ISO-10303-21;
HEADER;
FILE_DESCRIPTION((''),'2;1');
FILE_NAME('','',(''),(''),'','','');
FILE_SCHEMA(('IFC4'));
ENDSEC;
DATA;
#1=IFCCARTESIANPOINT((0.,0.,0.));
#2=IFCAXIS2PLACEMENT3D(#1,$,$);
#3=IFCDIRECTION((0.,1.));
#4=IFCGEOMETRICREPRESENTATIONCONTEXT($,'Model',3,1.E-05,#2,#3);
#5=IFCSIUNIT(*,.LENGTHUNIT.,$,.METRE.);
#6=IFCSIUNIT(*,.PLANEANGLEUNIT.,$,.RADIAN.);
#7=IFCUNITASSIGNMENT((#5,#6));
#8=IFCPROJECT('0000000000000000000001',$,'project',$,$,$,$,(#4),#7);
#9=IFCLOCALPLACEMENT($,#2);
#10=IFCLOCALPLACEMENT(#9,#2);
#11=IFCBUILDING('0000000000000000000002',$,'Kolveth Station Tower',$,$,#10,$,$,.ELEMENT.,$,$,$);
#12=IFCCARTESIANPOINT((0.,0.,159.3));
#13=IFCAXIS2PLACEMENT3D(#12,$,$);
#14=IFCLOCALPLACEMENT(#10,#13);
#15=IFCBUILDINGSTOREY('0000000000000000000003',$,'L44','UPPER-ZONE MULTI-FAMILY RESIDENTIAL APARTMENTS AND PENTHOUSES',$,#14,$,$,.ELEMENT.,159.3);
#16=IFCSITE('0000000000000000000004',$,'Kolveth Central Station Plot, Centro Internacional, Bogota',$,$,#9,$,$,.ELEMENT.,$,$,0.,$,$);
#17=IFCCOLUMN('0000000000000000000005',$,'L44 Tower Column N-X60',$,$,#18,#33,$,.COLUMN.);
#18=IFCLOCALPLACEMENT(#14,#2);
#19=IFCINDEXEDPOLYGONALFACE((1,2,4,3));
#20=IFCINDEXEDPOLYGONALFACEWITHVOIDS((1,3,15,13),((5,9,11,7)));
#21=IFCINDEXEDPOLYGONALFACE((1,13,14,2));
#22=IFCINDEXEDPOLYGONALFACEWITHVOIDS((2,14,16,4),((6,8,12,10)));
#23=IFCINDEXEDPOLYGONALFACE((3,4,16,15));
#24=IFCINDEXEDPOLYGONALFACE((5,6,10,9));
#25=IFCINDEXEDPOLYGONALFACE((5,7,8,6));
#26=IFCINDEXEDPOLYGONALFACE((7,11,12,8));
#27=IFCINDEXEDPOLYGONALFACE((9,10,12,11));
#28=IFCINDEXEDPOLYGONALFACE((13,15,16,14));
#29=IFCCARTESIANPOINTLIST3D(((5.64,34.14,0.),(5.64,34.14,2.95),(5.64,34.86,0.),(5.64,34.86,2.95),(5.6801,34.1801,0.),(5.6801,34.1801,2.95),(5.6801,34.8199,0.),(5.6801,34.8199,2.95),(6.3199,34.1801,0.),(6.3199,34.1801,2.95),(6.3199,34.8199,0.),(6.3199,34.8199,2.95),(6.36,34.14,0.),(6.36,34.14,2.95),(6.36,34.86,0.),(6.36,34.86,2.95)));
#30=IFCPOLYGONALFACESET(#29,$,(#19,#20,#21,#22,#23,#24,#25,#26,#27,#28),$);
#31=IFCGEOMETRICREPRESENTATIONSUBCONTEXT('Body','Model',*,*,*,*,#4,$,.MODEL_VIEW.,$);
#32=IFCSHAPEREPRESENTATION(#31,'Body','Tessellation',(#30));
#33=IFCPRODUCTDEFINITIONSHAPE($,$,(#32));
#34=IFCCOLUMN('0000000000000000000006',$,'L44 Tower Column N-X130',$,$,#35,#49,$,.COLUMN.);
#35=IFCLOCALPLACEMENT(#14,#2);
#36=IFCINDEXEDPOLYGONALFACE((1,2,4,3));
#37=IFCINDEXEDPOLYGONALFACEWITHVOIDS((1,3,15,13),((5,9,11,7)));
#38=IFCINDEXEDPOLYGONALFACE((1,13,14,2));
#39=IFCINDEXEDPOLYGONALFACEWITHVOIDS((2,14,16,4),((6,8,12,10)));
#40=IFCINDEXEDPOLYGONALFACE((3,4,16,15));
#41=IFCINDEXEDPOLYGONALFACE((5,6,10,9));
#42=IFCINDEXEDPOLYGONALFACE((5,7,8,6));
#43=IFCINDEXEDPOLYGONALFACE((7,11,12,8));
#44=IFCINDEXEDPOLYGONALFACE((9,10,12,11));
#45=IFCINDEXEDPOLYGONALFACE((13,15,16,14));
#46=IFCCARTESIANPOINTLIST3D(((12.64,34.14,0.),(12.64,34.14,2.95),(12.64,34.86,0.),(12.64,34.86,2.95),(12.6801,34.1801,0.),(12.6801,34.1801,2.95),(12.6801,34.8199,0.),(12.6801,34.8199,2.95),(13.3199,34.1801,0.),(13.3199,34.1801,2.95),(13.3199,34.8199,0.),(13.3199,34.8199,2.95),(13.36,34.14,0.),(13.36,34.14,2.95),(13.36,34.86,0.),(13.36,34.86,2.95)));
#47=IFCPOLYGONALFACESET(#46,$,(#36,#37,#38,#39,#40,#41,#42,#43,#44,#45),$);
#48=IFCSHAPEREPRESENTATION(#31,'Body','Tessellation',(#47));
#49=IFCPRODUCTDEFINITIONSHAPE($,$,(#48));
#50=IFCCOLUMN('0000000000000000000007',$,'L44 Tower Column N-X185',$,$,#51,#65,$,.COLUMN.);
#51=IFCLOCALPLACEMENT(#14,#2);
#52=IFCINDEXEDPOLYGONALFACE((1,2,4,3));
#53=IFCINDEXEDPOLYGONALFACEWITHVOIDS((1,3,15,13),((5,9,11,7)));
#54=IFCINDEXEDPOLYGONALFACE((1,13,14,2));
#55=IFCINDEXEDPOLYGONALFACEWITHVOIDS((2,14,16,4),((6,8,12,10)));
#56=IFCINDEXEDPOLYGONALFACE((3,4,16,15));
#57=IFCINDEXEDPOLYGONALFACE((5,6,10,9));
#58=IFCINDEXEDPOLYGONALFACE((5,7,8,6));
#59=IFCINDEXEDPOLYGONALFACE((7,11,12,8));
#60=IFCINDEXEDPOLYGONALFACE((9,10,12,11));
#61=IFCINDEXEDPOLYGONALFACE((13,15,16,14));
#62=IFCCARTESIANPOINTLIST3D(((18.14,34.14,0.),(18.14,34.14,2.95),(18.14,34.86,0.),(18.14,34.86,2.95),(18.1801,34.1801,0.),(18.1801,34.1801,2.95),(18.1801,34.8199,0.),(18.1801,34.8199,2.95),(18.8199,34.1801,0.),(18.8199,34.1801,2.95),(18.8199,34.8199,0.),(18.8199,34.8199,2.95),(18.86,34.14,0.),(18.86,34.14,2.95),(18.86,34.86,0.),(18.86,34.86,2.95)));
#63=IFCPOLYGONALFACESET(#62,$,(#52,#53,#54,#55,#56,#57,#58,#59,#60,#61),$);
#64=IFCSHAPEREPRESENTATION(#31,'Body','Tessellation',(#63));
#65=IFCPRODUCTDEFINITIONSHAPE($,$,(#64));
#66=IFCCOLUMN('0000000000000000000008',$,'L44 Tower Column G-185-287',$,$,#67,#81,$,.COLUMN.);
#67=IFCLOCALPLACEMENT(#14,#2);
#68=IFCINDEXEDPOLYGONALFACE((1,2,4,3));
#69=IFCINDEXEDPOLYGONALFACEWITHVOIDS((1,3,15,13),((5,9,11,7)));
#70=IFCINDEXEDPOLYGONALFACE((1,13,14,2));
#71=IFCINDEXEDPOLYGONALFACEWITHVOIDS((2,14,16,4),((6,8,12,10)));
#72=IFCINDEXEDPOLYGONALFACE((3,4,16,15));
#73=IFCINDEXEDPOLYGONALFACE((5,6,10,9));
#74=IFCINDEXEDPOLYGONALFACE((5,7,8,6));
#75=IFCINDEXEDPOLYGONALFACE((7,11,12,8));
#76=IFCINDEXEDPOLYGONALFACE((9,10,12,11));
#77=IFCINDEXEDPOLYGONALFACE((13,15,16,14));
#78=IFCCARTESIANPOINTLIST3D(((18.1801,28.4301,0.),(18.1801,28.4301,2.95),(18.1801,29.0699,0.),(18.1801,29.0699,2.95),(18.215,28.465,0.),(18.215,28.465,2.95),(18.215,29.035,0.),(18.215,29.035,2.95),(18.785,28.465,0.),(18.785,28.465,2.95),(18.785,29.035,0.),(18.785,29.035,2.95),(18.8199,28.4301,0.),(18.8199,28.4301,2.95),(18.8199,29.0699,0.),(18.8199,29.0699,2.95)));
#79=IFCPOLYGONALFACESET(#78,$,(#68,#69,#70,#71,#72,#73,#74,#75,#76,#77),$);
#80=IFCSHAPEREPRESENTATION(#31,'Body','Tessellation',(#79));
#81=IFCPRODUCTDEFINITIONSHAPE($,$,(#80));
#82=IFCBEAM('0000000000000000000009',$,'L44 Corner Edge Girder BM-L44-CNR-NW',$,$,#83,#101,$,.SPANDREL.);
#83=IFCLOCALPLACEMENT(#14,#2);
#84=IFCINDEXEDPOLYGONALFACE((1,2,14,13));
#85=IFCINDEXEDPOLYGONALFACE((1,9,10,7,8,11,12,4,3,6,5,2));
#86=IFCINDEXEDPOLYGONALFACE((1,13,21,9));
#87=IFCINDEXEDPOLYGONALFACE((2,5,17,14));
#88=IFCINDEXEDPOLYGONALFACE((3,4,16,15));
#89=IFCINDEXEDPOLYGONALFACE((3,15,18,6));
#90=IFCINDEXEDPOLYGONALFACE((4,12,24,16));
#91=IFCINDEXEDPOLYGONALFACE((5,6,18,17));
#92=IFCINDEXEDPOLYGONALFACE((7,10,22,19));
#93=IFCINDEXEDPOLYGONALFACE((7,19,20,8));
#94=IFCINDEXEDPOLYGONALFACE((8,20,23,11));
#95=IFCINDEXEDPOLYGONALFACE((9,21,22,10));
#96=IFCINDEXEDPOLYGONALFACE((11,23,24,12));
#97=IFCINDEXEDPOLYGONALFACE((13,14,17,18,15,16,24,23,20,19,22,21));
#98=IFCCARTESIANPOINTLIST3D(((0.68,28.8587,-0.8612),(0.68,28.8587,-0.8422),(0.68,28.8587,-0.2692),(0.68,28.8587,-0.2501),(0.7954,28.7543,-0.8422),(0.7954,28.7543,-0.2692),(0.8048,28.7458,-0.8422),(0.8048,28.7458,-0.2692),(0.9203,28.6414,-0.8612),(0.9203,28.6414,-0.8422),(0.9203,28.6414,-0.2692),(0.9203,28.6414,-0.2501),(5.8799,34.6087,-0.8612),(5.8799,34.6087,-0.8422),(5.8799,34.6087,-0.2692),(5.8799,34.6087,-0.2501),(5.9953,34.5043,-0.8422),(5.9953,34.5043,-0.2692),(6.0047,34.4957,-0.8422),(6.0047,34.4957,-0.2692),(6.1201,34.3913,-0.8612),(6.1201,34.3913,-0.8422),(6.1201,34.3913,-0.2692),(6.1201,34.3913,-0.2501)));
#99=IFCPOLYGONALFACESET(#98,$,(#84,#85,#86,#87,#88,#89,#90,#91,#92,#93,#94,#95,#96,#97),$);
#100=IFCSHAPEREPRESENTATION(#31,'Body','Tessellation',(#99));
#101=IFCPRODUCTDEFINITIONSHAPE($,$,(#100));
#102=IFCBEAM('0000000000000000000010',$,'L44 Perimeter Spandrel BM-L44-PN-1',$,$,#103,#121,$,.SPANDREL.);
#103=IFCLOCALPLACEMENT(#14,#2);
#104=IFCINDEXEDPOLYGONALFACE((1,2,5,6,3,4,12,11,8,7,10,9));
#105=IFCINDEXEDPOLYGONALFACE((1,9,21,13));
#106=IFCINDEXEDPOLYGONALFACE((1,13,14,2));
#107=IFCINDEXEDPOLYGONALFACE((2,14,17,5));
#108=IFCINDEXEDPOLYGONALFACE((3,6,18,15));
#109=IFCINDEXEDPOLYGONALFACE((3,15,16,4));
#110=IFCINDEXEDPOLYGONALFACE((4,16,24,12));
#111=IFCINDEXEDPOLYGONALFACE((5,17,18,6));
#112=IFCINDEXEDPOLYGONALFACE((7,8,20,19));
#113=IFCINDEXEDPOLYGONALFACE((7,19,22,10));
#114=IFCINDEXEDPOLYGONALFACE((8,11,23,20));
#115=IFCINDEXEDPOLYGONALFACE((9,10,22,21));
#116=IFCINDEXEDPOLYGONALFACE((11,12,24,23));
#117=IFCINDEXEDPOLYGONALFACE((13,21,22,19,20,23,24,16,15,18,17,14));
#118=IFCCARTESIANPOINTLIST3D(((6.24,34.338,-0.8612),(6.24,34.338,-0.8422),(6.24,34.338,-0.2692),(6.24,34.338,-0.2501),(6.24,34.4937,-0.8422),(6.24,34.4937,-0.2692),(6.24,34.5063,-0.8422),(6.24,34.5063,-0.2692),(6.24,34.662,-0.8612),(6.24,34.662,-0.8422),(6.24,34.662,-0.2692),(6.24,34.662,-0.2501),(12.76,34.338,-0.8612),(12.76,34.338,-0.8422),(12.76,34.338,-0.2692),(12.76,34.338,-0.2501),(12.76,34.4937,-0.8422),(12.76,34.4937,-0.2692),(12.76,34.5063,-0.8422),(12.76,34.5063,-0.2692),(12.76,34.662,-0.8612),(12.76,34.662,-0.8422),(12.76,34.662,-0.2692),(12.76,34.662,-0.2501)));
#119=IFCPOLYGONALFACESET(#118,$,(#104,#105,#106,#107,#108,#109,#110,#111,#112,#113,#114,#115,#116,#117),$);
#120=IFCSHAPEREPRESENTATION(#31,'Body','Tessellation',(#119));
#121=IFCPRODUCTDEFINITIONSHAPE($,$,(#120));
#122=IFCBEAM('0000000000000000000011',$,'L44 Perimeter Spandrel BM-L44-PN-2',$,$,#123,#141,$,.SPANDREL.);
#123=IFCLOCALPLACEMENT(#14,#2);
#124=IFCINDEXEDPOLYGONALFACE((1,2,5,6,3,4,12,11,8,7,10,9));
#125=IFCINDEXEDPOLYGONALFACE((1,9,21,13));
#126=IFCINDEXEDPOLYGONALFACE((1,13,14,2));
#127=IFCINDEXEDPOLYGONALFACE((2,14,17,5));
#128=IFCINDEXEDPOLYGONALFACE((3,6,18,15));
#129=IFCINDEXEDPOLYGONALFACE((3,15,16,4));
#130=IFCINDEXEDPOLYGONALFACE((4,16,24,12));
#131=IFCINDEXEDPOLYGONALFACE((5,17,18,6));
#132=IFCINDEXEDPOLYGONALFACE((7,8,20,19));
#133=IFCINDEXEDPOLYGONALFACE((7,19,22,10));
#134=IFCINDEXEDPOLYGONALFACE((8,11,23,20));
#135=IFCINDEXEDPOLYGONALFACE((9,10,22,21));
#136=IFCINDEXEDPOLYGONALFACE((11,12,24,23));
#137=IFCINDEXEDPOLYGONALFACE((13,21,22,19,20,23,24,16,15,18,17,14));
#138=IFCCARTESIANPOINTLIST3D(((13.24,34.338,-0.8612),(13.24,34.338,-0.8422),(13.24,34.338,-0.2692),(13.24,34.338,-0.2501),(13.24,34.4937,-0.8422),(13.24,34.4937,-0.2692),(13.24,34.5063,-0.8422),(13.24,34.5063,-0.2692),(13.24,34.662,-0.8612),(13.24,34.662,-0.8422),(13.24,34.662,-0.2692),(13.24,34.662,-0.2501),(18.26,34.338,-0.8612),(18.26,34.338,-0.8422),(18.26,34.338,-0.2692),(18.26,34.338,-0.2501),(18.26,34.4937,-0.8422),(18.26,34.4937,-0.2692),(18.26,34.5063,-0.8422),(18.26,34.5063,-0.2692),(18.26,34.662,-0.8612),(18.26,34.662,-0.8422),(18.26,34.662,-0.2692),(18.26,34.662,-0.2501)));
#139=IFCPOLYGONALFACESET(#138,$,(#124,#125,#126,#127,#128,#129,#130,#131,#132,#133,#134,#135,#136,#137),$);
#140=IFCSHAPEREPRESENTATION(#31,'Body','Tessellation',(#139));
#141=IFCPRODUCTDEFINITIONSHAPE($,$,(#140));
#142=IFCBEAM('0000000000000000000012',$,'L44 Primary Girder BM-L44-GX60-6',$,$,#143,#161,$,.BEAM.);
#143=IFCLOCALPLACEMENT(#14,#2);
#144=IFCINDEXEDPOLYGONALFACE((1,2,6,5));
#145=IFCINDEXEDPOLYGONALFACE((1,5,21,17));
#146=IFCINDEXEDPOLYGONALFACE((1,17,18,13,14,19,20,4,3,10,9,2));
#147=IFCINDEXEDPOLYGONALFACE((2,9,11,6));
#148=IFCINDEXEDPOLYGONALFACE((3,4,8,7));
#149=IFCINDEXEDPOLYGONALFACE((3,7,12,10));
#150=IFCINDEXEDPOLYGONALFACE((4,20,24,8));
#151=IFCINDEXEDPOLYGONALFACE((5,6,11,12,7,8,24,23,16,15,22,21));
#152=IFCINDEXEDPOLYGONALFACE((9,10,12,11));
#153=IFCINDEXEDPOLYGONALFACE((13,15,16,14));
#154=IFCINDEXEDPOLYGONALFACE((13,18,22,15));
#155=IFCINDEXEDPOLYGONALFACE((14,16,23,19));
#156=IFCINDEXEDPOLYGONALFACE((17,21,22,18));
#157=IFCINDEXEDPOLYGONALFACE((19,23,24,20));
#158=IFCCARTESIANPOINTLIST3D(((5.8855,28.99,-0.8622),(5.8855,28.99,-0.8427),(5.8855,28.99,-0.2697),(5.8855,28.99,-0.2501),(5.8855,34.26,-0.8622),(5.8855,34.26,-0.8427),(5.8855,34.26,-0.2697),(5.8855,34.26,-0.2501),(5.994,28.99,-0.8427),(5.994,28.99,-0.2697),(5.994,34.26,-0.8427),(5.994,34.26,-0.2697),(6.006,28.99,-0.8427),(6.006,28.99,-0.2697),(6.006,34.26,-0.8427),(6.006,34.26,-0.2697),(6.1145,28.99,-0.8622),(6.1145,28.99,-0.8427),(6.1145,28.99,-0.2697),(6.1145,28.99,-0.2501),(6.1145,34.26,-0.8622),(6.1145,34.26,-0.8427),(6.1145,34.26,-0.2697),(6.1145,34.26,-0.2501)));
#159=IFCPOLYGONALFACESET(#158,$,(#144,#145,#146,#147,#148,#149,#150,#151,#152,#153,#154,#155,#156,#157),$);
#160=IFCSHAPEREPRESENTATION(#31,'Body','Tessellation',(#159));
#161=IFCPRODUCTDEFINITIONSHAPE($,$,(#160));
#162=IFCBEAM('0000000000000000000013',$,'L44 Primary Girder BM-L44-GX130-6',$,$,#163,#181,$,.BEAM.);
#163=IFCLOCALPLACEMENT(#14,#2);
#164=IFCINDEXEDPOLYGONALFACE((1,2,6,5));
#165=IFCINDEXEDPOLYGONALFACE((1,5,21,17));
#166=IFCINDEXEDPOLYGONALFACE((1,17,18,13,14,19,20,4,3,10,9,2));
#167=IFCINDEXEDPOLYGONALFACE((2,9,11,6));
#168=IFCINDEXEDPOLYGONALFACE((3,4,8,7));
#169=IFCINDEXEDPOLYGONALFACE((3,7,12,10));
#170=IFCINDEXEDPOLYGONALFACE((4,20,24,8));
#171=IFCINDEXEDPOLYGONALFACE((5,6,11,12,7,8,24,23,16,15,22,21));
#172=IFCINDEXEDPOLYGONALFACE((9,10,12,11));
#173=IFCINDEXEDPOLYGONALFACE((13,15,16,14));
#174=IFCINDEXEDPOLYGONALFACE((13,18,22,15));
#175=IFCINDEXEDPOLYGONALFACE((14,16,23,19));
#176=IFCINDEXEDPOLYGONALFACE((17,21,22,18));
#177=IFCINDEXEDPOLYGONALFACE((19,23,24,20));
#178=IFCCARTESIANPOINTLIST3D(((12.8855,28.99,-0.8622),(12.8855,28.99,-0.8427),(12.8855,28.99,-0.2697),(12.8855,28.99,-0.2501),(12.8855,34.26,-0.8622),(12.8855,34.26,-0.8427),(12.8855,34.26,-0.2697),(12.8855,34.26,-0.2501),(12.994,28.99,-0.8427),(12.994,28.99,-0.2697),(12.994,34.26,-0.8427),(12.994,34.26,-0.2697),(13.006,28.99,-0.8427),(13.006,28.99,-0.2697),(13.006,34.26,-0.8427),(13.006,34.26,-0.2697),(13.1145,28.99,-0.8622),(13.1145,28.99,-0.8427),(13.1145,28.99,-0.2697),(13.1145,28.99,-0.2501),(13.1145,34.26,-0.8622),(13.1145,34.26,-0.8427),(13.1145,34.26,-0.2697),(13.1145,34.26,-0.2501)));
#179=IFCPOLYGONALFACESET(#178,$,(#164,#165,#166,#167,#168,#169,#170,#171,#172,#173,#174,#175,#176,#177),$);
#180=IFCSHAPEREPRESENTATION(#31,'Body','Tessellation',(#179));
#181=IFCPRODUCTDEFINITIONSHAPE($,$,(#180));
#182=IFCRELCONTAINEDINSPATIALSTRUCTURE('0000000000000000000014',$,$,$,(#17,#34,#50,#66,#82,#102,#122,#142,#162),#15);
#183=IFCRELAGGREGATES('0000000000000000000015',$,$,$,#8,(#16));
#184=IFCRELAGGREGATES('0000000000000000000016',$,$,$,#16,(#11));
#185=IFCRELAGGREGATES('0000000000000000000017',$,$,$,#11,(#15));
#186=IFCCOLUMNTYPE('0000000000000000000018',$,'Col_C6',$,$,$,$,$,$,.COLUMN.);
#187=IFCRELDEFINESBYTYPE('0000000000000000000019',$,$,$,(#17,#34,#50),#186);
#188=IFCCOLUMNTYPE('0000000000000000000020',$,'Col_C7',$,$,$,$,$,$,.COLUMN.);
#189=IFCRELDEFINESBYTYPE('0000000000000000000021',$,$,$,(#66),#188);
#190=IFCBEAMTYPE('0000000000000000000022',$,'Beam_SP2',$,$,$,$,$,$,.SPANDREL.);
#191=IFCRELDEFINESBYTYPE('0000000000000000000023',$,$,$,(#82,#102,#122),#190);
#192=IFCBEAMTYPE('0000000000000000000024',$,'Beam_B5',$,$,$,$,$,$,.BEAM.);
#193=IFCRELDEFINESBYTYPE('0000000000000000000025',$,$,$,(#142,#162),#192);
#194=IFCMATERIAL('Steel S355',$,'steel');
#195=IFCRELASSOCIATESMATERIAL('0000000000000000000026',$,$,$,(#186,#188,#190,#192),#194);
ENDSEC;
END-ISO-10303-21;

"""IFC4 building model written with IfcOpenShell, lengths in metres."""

from ifc_helpers import new_model, si_unit, direction, frame, origin, origin_2d, place, context, subcontext, project, spatial, hollow_rectangle, i_section, extrude, source, transform, mapped, material, material_profile, profile_set, type_object, element, save


model = new_model("IFC4")

# Units and contexts
model_context = context("Model", 3, precision=1e-05, world=origin(), true_north=direction((0.0, 1.0)))
body_context = subcontext(model_context, "Body", "Model", "MODEL_VIEW")
ifc_project = project(units=[si_unit("LENGTHUNIT", "METRE"), si_unit("PLANEANGLEUNIT", "RADIAN")], contexts=[model_context])

# Site, building, storey
site_placement = place(None, origin())
site = spatial("IfcSite", under=ifc_project, at=site_placement, Name="Kolveth Central Station Plot, Centro Internacional, Bogota", CompositionType="ELEMENT", RefElevation=0.0)
building_placement = place(site_placement, origin())
building = spatial("IfcBuilding", under=site, at=building_placement, Name="Kolveth Station Tower", CompositionType="ELEMENT")
storey_placement = place(building_placement, frame((0.0, 0.0, 159.3)))
storey = spatial("IfcBuildingStorey", under=building, at=storey_placement, Name="L44", Description="UPPER-ZONE MULTI-FAMILY RESIDENTIAL APARTMENTS AND PENTHOUSES", CompositionType="ELEMENT", Elevation=159.3)

# Columns
ifc_material_1 = material(Name="Steel S355", Category="steel")
ifc_material_profile_1 = material_profile(ifc_material_1, hollow_rectangle(XDim=0.72, YDim=0.72, WallThickness=0.04, at=origin_2d()), Name="BOX720x720x40")
ifc_profile_set_1 = profile_set([ifc_material_profile_1], Name="Steel S355")
column_type_1 = type_object("IfcColumnType", Name="Col_C6", PredefinedType="COLUMN", material=ifc_profile_set_1)
shared_shape_1 = source(origin(), body_context, "Body", "SweptSolid", [
    extrude(hollow_rectangle(XDim=0.72, YDim=0.72, WallThickness=0.04, at=origin_2d()), origin(), (0.0, 0.0, 1.0), 2.95),
])
for number, where, z_axis, x_axis, name in (
    (1, (6.0, 34.5, 0.0), (0.0, 0.0, 1.0), (1.0, 0.0, 0.0), "L44 Tower Column N-X60"),
    (2, (13.0, 34.5, 0.0), (0.0, 0.0, 1.0), (1.0, 0.0, 0.0), "L44 Tower Column N-X130"),
    (3, (18.5, 34.5, 0.0), (0.0, 0.0, 1.0), (1.0, 0.0, 0.0), "L44 Tower Column N-X185"),
):
    element("IfcColumn", number, at=place(storey_placement, frame(where, z_axis=z_axis, x_axis=x_axis)), inside=storey, type_object=column_type_1, Name=name, PredefinedType="COLUMN", context=body_context, shape_type="MappedRepresentation", body=[
        mapped(shared_shape_1, transform((0.0, 0.0, 0.0), x_axis=(1.0, 0.0, 0.0), y_axis=(0.0, 1.0, 0.0), z_axis=(0.0, 0.0, 1.0), scale=1.0)),
    ])
ifc_material_profile_2 = material_profile(ifc_material_1, hollow_rectangle(XDim=0.6399, YDim=0.6399, WallThickness=0.0349, at=origin_2d()), Name="BOX640x640x35")
ifc_profile_set_2 = profile_set([ifc_material_profile_2], Name="Steel S355")
column_type_2 = type_object("IfcColumnType", Name="Col_C7", PredefinedType="COLUMN", material=ifc_profile_set_2)
shared_shape_2 = source(origin(), body_context, "Body", "SweptSolid", [
    extrude(hollow_rectangle(XDim=0.6399, YDim=0.6399, WallThickness=0.0349, at=origin_2d()), origin(), (0.0, 0.0, 1.0), 2.95),
])
column_placement = place(storey_placement, frame((18.5, 28.75, 0.0), z_axis=(0.0, 0.0, 1.0), x_axis=(1.0, 0.0, 0.0)))
element("IfcColumn", 4, at=column_placement, inside=storey, type_object=column_type_2, Name="L44 Tower Column G-185-287", PredefinedType="COLUMN", context=body_context, shape_type="MappedRepresentation", body=[
    mapped(shared_shape_2, transform((0.0, 0.0, 0.0), x_axis=(1.0, 0.0, 0.0), y_axis=(0.0, 1.0, 0.0), z_axis=(0.0, 0.0, 1.0), scale=1.0)),
])

# Beams
ifc_material_profile_3 = material_profile(ifc_material_1, i_section(OverallWidth=0.324, OverallDepth=0.6111, WebThickness=0.0127, FlangeThickness=0.019, at=origin_2d()), Name="W610x155")
ifc_profile_set_3 = profile_set([ifc_material_profile_3], Name="Steel S355")
beam_type_1 = type_object("IfcBeamType", Name="Beam_SP2", PredefinedType="SPANDREL", material=ifc_profile_set_3)
shared_shape_3 = source(origin(), body_context, "Body", "SweptSolid", [
    extrude(i_section(OverallWidth=0.324, OverallDepth=0.6111, WebThickness=0.0127, FlangeThickness=0.019, at=origin_2d()), origin(), (0.0, 0.0, 1.0), 7.7524),
])
beam_1_placement = place(storey_placement, frame((6.0, 34.5, -0.5557), z_axis=(-0.670741, -0.741692, 0.0), x_axis=(0.741692, -0.670741, 0.0)))
element("IfcBeam", 5, at=beam_1_placement, inside=storey, type_object=beam_type_1, Name="L44 Corner Edge Girder BM-L44-CNR-NW", PredefinedType="SPANDREL", context=body_context, shape_type="MappedRepresentation", body=[
    mapped(shared_shape_3, transform((0.0, 0.0, 0.0), x_axis=(1.0, 0.0, 0.0), y_axis=(0.0, 1.0, 0.0), z_axis=(0.0, 0.0, 1.0), scale=1.0)),
])
shared_shape_4 = source(origin(), body_context, "Body", "SweptSolid", [
    extrude(i_section(OverallWidth=0.324, OverallDepth=0.6111, WebThickness=0.0127, FlangeThickness=0.019, at=origin_2d()), origin(), (0.0, 0.0, 1.0), 6.52),
])
beam_2_placement = place(storey_placement, frame((6.24, 34.5, -0.5557), z_axis=(1.0, 0.0, 0.0), x_axis=(0.0, 1.0, 0.0)))
element("IfcBeam", 6, at=beam_2_placement, inside=storey, type_object=beam_type_1, Name="L44 Perimeter Spandrel BM-L44-PN-1", PredefinedType="SPANDREL", context=body_context, shape_type="MappedRepresentation", body=[
    mapped(shared_shape_4, transform((0.0, 0.0, 0.0), x_axis=(1.0, 0.0, 0.0), y_axis=(0.0, 1.0, 0.0), z_axis=(0.0, 0.0, 1.0), scale=1.0)),
])
shared_shape_5 = source(origin(), body_context, "Body", "SweptSolid", [
    extrude(i_section(OverallWidth=0.324, OverallDepth=0.6111, WebThickness=0.0127, FlangeThickness=0.019, at=origin_2d()), origin(), (0.0, 0.0, 1.0), 5.02),
])
beam_3_placement = place(storey_placement, frame((13.24, 34.5, -0.5557), z_axis=(1.0, 0.0, 0.0), x_axis=(0.0, 1.0, 0.0)))
element("IfcBeam", 7, at=beam_3_placement, inside=storey, type_object=beam_type_1, Name="L44 Perimeter Spandrel BM-L44-PN-2", PredefinedType="SPANDREL", context=body_context, shape_type="MappedRepresentation", body=[
    mapped(shared_shape_5, transform((0.0, 0.0, 0.0), x_axis=(1.0, 0.0, 0.0), y_axis=(0.0, 1.0, 0.0), z_axis=(0.0, 0.0, 1.0), scale=1.0)),
])
ifc_material_profile_4 = material_profile(ifc_material_1, i_section(OverallWidth=0.229, OverallDepth=0.6121, WebThickness=0.012, FlangeThickness=0.0195, at=origin_2d()), Name="W610x125")
ifc_profile_set_4 = profile_set([ifc_material_profile_4], Name="Steel S355")
beam_type_2 = type_object("IfcBeamType", Name="Beam_B5", PredefinedType="BEAM", material=ifc_profile_set_4)
shared_shape_6 = source(origin(), body_context, "Body", "SweptSolid", [
    extrude(i_section(OverallWidth=0.229, OverallDepth=0.6121, WebThickness=0.012, FlangeThickness=0.0195, at=origin_2d()), origin(), (0.0, 0.0, 1.0), 5.27),
])
for number, where, z_axis, x_axis, name in (
    (8, (6.0, 28.99, -0.5562), (0.0, 1.0, 0.0), (-1.0, 0.0, 0.0), "L44 Primary Girder BM-L44-GX60-6"),
    (9, (13.0, 28.99, -0.5562), (0.0, 1.0, 0.0), (-1.0, 0.0, 0.0), "L44 Primary Girder BM-L44-GX130-6"),
):
    element("IfcBeam", number, at=place(storey_placement, frame(where, z_axis=z_axis, x_axis=x_axis)), inside=storey, type_object=beam_type_2, Name=name, PredefinedType="BEAM", context=body_context, shape_type="MappedRepresentation", body=[
        mapped(shared_shape_6, transform((0.0, 0.0, 0.0), x_axis=(1.0, 0.0, 0.0), y_axis=(0.0, 1.0, 0.0), z_axis=(0.0, 0.0, 1.0), scale=1.0)),
    ])

save(model, "model.ifc")
